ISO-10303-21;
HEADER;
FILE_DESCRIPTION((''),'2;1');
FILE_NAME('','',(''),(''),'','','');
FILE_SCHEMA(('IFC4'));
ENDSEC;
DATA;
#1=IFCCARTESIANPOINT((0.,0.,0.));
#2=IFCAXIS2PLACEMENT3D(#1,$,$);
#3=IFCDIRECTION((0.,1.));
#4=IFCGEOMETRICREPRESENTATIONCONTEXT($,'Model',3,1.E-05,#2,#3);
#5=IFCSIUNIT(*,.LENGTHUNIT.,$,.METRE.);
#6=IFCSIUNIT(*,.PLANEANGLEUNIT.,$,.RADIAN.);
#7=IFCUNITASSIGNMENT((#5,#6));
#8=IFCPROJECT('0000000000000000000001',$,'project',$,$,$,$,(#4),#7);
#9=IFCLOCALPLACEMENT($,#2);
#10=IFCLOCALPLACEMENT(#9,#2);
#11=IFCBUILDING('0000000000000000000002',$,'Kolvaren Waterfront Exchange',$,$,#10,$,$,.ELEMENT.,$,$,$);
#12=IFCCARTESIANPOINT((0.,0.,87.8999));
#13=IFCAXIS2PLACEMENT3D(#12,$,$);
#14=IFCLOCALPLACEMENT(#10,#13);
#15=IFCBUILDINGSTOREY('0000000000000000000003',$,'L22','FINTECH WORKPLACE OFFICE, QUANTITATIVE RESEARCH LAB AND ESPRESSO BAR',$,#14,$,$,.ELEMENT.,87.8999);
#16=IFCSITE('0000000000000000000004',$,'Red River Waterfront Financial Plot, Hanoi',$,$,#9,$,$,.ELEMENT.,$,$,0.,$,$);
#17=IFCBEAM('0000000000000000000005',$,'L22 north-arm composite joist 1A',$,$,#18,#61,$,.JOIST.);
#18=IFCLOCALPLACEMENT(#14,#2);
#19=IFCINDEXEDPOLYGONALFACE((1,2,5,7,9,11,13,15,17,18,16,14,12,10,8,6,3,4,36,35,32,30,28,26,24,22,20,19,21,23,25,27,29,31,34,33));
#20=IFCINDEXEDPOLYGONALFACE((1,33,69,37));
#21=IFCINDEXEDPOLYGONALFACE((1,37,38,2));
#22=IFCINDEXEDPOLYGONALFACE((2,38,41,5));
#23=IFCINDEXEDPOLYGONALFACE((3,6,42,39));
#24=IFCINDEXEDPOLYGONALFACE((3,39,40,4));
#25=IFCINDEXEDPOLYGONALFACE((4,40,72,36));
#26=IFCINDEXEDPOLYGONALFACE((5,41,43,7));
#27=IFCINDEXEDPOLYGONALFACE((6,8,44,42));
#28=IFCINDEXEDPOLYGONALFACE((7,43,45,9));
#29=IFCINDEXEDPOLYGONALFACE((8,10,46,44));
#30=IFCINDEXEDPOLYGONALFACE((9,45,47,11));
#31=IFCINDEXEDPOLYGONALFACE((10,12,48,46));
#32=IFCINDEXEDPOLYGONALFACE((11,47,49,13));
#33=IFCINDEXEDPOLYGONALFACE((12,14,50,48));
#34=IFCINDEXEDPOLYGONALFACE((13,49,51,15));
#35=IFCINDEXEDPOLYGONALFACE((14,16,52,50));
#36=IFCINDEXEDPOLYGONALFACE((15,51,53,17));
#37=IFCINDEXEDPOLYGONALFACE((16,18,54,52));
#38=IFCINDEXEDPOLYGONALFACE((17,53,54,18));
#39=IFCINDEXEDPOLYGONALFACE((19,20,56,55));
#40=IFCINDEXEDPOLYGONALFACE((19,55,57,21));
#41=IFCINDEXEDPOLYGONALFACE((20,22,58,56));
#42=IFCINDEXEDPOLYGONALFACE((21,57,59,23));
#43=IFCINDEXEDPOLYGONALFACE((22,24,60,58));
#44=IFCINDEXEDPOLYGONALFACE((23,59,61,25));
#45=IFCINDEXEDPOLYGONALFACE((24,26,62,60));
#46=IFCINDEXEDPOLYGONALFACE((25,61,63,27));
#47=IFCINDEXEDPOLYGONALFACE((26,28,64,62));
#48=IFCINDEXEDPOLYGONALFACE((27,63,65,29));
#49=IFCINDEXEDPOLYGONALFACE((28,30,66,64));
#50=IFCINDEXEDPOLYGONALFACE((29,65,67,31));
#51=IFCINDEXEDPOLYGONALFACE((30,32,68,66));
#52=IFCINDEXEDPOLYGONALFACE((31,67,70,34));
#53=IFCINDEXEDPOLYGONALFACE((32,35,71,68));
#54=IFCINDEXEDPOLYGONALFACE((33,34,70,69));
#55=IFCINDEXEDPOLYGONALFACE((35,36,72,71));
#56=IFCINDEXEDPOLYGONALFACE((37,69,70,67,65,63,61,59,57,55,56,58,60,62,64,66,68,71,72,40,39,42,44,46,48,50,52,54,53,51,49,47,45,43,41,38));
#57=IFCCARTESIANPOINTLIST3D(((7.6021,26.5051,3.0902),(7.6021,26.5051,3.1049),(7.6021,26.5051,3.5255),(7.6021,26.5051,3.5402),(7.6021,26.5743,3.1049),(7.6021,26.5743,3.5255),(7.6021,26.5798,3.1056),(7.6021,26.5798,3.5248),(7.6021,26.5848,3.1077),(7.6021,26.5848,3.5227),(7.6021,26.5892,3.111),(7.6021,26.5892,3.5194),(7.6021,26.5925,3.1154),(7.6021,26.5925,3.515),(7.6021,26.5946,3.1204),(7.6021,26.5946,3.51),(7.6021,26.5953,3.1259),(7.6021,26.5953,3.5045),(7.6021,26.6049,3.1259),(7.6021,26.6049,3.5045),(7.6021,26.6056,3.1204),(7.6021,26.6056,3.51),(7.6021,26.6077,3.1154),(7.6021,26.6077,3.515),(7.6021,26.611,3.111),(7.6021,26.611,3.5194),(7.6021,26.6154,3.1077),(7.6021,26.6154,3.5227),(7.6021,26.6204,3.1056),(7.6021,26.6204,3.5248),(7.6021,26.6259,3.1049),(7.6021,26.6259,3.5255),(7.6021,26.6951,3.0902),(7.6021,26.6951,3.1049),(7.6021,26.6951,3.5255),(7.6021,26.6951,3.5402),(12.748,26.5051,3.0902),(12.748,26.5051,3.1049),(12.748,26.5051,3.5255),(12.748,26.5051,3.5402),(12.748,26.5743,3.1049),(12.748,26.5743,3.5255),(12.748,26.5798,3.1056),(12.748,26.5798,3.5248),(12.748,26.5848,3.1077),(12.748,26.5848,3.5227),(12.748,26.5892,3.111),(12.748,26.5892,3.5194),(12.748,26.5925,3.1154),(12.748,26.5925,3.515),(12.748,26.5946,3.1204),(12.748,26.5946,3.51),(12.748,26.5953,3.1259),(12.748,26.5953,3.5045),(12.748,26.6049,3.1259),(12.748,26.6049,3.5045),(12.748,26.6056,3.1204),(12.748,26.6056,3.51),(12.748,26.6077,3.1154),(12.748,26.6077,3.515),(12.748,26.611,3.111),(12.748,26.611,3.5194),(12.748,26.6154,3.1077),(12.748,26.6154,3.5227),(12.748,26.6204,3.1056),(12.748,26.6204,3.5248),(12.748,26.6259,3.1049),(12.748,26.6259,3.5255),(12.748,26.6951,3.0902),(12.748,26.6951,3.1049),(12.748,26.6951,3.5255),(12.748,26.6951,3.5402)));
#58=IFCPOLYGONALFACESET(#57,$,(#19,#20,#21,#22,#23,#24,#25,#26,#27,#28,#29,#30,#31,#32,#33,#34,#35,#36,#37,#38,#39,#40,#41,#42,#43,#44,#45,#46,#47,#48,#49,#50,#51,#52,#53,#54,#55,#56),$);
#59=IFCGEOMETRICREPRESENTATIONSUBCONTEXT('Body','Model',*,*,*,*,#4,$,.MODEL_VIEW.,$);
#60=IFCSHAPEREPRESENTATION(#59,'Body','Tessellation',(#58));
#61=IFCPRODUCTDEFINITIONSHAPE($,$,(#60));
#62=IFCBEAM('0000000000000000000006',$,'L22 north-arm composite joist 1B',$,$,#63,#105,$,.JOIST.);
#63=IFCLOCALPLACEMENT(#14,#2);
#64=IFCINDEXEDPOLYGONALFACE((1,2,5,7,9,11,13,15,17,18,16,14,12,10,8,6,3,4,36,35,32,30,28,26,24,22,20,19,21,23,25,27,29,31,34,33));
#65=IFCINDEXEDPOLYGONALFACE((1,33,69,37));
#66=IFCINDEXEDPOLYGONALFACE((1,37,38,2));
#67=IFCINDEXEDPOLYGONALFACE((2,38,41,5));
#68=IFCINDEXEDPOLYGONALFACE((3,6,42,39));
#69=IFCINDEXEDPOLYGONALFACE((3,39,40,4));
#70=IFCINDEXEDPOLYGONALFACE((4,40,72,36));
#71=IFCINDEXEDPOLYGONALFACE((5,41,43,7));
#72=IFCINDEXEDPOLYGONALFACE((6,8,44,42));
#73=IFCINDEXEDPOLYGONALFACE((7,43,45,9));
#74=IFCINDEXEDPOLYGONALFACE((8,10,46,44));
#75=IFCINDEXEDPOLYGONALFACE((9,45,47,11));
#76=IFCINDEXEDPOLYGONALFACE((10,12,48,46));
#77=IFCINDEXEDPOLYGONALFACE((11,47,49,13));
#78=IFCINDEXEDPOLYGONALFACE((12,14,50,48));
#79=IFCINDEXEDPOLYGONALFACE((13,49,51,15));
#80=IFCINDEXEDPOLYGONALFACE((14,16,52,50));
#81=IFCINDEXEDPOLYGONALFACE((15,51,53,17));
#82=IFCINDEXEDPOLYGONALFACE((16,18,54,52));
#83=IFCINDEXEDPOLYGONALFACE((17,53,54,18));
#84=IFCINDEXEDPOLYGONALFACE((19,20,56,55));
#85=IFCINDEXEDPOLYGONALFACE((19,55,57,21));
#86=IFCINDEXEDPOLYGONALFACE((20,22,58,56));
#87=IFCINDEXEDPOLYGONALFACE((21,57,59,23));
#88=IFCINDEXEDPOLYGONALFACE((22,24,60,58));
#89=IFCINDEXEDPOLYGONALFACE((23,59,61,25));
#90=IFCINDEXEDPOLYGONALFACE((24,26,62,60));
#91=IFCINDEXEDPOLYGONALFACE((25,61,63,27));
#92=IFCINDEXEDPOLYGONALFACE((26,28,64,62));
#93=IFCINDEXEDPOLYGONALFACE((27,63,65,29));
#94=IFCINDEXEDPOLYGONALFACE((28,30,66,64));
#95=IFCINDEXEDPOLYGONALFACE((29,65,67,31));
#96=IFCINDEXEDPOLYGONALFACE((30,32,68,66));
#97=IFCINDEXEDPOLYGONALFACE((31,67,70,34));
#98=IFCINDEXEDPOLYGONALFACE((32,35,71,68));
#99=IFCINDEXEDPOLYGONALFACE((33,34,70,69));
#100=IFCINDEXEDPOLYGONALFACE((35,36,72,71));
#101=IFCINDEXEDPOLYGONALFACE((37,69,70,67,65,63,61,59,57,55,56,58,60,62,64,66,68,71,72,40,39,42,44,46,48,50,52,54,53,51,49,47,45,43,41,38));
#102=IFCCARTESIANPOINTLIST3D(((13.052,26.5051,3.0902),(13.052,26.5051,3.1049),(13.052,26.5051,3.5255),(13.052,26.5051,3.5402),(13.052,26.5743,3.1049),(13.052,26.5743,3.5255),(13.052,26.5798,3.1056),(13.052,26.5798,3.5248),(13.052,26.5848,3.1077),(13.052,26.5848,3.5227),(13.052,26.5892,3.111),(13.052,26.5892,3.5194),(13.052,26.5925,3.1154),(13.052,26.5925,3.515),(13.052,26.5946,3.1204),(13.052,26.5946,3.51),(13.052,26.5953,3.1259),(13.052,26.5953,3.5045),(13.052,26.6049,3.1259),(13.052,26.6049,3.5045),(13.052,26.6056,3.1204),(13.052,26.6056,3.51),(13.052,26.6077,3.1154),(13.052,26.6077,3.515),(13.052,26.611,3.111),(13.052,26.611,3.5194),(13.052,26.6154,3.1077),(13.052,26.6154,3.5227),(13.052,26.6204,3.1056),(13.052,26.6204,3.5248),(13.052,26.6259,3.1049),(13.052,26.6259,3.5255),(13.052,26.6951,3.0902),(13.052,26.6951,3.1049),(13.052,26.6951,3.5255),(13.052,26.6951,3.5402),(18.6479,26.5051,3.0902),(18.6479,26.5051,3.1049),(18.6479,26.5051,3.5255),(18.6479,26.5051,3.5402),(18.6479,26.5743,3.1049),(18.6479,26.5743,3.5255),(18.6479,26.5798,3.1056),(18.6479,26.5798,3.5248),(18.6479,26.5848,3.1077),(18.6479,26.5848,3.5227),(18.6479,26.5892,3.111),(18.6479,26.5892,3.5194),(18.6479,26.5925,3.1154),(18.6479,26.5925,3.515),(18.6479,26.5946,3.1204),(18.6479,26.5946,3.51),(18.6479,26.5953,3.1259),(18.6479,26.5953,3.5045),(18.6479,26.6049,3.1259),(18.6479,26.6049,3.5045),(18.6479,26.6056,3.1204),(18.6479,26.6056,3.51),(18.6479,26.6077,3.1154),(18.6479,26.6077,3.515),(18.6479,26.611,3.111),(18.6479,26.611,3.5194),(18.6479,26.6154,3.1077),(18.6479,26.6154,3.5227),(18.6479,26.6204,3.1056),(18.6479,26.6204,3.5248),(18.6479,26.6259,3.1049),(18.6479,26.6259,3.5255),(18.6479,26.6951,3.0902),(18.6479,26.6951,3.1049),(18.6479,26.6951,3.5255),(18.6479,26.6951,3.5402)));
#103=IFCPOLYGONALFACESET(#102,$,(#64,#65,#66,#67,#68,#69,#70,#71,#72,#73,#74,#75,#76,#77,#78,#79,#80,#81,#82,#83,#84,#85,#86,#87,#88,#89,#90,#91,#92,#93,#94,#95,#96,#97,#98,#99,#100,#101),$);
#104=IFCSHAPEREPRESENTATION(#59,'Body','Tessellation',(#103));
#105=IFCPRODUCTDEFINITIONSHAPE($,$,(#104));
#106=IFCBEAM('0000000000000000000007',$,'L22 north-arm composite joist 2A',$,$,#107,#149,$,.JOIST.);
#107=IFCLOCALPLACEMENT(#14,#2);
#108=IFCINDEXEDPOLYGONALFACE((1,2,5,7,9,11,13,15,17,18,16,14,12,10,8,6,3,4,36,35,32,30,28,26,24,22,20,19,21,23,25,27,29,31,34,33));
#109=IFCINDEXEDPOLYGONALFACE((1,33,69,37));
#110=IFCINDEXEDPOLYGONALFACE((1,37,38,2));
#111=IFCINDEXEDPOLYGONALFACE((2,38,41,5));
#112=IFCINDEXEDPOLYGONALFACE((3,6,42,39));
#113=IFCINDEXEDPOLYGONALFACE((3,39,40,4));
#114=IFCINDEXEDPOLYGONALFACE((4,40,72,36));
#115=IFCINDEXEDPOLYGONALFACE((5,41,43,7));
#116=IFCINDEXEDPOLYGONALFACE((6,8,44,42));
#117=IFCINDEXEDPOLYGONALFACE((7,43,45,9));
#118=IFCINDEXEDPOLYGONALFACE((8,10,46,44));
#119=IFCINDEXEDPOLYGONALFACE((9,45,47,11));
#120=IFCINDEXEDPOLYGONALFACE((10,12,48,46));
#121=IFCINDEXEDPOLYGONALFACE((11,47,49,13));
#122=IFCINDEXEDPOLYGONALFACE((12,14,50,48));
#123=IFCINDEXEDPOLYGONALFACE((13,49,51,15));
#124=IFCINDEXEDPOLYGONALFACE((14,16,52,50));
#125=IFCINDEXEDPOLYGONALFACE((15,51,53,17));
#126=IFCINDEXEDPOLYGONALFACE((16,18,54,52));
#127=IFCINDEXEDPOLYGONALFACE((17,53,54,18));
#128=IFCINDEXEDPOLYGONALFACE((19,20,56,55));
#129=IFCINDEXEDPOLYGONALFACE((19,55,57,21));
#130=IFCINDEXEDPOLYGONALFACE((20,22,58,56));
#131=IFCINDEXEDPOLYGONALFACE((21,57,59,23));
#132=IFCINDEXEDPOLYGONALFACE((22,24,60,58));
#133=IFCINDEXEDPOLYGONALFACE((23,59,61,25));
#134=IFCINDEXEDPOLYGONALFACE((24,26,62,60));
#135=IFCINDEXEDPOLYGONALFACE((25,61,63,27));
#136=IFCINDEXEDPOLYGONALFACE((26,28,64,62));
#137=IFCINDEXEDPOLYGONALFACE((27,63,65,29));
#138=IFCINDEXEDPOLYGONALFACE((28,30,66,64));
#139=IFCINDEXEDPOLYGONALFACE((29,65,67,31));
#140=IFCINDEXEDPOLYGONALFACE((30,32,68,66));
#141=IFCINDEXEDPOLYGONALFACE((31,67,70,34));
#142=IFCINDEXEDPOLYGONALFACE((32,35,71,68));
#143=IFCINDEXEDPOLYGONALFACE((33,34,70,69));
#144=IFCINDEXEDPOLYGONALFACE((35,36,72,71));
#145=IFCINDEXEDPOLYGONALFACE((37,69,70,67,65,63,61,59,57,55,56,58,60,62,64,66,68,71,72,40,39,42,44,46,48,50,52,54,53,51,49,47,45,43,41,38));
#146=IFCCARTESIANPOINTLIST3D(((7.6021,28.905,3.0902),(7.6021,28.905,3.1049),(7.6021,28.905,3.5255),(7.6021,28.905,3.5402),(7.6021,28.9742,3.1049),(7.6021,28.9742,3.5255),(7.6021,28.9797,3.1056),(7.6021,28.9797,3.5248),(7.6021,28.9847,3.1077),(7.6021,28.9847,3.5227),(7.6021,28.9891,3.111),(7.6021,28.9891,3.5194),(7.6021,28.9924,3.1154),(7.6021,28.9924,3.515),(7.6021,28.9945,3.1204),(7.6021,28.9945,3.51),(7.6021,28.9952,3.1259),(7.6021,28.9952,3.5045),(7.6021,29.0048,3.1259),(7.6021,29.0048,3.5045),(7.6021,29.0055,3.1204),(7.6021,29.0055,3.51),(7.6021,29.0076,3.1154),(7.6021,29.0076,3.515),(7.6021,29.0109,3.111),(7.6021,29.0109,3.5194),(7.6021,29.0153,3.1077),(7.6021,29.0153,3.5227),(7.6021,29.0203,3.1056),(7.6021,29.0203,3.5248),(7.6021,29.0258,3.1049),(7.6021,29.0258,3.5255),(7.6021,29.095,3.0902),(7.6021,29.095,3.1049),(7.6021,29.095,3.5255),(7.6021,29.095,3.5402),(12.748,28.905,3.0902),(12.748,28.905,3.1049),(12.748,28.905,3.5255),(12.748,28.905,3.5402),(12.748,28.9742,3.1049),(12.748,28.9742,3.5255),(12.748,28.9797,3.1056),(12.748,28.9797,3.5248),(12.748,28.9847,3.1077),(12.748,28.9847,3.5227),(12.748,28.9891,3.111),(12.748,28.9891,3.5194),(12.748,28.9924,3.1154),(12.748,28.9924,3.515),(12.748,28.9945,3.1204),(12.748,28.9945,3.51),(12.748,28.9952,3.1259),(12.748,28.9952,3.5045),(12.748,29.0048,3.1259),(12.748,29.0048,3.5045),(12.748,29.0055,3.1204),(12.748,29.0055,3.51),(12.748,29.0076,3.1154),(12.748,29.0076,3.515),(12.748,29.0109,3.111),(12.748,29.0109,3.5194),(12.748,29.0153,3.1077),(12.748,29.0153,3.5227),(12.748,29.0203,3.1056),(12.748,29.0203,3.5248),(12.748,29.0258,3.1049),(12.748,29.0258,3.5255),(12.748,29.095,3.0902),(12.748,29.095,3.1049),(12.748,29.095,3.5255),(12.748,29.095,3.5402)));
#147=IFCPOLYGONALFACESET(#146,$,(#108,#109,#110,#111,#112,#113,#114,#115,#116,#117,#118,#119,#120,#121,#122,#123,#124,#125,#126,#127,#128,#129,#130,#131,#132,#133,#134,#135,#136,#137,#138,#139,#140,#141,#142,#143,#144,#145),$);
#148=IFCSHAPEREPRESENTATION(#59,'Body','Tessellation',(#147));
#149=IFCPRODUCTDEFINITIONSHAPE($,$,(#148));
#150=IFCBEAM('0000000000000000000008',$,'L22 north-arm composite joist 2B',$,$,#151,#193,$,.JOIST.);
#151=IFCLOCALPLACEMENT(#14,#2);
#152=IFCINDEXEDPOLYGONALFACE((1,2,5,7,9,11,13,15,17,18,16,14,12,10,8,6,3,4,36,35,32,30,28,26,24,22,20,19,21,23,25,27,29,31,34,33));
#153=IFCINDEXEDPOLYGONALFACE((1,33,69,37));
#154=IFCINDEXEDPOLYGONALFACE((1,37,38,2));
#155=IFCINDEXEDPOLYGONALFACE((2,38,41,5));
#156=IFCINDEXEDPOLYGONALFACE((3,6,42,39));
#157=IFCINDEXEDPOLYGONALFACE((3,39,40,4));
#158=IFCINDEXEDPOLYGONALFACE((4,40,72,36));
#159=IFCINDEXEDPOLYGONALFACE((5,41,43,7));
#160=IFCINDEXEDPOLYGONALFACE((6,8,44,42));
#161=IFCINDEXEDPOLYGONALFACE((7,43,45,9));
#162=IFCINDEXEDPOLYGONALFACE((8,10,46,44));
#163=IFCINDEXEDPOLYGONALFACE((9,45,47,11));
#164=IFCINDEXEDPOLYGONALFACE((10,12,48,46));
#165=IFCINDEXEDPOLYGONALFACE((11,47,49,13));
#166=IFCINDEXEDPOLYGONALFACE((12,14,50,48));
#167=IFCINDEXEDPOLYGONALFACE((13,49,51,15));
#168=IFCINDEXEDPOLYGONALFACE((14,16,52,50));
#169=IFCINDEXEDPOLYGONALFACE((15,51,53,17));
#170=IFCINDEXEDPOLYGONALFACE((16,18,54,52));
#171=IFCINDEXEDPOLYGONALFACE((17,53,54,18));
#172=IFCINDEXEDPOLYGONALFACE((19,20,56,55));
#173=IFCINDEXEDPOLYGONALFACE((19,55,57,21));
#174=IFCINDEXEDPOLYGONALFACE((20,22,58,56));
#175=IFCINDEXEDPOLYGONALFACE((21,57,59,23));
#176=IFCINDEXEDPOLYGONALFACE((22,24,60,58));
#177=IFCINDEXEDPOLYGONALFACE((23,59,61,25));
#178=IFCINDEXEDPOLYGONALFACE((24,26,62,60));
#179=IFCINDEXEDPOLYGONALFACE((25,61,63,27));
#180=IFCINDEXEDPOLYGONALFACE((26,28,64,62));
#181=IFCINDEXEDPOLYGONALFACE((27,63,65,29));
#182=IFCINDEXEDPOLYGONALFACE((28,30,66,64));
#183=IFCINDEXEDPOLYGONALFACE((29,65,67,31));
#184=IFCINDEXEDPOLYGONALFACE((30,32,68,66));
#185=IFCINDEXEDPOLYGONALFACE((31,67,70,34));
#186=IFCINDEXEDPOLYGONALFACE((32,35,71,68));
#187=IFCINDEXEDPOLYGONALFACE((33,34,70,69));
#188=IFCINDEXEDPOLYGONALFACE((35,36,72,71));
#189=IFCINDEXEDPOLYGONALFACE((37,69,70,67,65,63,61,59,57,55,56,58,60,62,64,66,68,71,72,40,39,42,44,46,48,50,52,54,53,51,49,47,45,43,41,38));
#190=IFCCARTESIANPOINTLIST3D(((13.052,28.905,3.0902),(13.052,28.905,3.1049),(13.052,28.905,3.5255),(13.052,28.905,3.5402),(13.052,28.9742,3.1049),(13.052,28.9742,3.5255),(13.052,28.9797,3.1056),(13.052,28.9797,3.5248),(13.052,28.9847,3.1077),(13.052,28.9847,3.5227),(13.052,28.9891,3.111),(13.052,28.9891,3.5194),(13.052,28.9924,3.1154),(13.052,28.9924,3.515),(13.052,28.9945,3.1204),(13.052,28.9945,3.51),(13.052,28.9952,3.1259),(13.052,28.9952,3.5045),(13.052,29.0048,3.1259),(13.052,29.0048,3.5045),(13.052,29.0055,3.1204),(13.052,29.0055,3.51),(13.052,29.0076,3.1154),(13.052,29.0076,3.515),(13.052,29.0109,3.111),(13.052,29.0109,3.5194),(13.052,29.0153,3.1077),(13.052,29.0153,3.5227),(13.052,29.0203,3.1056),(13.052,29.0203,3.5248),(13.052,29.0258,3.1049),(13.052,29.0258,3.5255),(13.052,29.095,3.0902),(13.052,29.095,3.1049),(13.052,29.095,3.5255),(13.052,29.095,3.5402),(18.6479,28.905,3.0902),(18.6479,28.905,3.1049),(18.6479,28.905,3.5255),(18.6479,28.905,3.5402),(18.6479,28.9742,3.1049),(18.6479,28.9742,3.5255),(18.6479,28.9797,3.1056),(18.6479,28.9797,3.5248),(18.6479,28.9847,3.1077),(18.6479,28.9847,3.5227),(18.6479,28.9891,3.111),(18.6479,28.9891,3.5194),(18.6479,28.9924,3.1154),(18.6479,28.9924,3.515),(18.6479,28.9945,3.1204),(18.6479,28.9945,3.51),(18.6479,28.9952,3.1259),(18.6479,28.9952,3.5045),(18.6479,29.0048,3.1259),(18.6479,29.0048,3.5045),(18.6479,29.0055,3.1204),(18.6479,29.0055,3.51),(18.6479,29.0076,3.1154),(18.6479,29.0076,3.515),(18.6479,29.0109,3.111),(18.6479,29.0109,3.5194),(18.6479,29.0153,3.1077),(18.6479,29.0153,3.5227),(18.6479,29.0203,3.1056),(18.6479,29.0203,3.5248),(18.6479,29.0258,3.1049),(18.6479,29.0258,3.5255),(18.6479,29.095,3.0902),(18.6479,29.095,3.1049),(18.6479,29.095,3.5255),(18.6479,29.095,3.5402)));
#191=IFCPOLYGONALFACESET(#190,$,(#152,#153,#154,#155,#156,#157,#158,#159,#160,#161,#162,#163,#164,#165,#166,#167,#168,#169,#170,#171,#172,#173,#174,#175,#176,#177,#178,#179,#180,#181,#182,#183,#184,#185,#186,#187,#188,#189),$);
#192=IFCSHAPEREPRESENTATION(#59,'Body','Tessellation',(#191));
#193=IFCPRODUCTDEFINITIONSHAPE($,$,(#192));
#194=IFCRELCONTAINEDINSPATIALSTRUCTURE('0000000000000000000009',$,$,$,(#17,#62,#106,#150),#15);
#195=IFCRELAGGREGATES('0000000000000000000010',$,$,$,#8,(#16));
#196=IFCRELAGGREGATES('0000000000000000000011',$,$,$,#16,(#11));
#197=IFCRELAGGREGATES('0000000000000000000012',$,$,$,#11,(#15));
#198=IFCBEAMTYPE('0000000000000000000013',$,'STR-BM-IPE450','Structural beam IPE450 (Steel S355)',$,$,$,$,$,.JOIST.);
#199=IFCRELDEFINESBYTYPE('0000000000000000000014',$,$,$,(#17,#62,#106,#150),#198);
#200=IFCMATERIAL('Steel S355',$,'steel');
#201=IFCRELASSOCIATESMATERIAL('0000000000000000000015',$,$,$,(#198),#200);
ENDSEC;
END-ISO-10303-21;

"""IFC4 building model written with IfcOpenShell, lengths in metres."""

from ifc_helpers import new_model, si_unit, direction, frame, origin, origin_2d, place, context, subcontext, project, spatial, i_section, extrude, material, material_profile, profile_set, type_object, element, save


model = new_model("IFC4")

# Units and contexts
model_context = context("Model", 3, precision=1e-05, world=origin(), true_north=direction((0.0, 1.0)))
body_context = subcontext(model_context, "Body", "Model", "MODEL_VIEW")
ifc_project = project(units=[si_unit("LENGTHUNIT", "METRE"), si_unit("PLANEANGLEUNIT", "RADIAN")], contexts=[model_context])

# Site, building, storey
site_placement = place(None, origin())
site = spatial("IfcSite", under=ifc_project, at=site_placement, Name="Red River Waterfront Financial Plot, Hanoi", CompositionType="ELEMENT", RefElevation=0.0)
building_placement = place(site_placement, origin())
building = spatial("IfcBuilding", under=site, at=building_placement, Name="Kolvaren Waterfront Exchange", CompositionType="ELEMENT")
storey_placement = place(building_placement, frame((0.0, 0.0, 87.8999)))
storey = spatial("IfcBuildingStorey", under=building, at=storey_placement, Name="L22", Description="FINTECH WORKPLACE OFFICE, QUANTITATIVE RESEARCH LAB AND ESPRESSO BAR", CompositionType="ELEMENT", Elevation=87.8999)

# Beams
ifc_material_1 = material(Name="Steel S355", Category="steel")
ifc_material_profile_1 = material_profile(ifc_material_1, i_section(OverallWidth=0.1899, OverallDepth=0.45, WebThickness=0.0095, FlangeThickness=0.0146, FilletRadius=0.021, at=origin_2d()), Name="IPE450")
ifc_profile_set_1 = profile_set([ifc_material_profile_1], Name="Steel S355")
beam_type_1 = type_object("IfcBeamType", Name="STR-BM-IPE450", Description="Structural beam IPE450 (Steel S355)", PredefinedType="JOIST", material=ifc_profile_set_1)
beam_1_placement = place(storey_placement, frame((7.6021, 26.6001, 3.3152), z_axis=(1.0, 0.0, 0.0), x_axis=(0.0, 1.0, 0.0)))
element("IfcBeam", 1, at=beam_1_placement, inside=storey, type_object=beam_type_1, Name="L22 north-arm composite joist 1A", PredefinedType="JOIST", context=body_context, shape_type="SweptSolid", body=[
    extrude(i_section(OverallWidth=0.1899, OverallDepth=0.45, WebThickness=0.0095, FlangeThickness=0.0146, FilletRadius=0.021, at=origin_2d()), origin(), (0.0, 0.0, 1.0), 5.146),
])
beam_2_placement = place(storey_placement, frame((13.052, 26.6001, 3.3152), z_axis=(1.0, 0.0, 0.0), x_axis=(0.0, 1.0, 0.0)))
element("IfcBeam", 2, at=beam_2_placement, inside=storey, type_object=beam_type_1, Name="L22 north-arm composite joist 1B", PredefinedType="JOIST", context=body_context, shape_type="SweptSolid", body=[
    extrude(i_section(OverallWidth=0.1899, OverallDepth=0.45, WebThickness=0.0095, FlangeThickness=0.0146, FilletRadius=0.021, at=origin_2d()), origin(), (0.0, 0.0, 1.0), 5.5959),
])
beam_3_placement = place(storey_placement, frame((7.6021, 29.0, 3.3152), z_axis=(1.0, 0.0, 0.0), x_axis=(0.0, 1.0, 0.0)))
element("IfcBeam", 3, at=beam_3_placement, inside=storey, type_object=beam_type_1, Name="L22 north-arm composite joist 2A", PredefinedType="JOIST", context=body_context, shape_type="SweptSolid", body=[
    extrude(i_section(OverallWidth=0.1899, OverallDepth=0.45, WebThickness=0.0095, FlangeThickness=0.0146, FilletRadius=0.021, at=origin_2d()), origin(), (0.0, 0.0, 1.0), 5.146),
])
beam_4_placement = place(storey_placement, frame((13.052, 29.0, 3.3152), z_axis=(1.0, 0.0, 0.0), x_axis=(0.0, 1.0, 0.0)))
element("IfcBeam", 4, at=beam_4_placement, inside=storey, type_object=beam_type_1, Name="L22 north-arm composite joist 2B", PredefinedType="JOIST", context=body_context, shape_type="SweptSolid", body=[
    extrude(i_section(OverallWidth=0.1899, OverallDepth=0.45, WebThickness=0.0095, FlangeThickness=0.0146, FilletRadius=0.021, at=origin_2d()), origin(), (0.0, 0.0, 1.0), 5.5959),
])

save(model, "model.ifc")
